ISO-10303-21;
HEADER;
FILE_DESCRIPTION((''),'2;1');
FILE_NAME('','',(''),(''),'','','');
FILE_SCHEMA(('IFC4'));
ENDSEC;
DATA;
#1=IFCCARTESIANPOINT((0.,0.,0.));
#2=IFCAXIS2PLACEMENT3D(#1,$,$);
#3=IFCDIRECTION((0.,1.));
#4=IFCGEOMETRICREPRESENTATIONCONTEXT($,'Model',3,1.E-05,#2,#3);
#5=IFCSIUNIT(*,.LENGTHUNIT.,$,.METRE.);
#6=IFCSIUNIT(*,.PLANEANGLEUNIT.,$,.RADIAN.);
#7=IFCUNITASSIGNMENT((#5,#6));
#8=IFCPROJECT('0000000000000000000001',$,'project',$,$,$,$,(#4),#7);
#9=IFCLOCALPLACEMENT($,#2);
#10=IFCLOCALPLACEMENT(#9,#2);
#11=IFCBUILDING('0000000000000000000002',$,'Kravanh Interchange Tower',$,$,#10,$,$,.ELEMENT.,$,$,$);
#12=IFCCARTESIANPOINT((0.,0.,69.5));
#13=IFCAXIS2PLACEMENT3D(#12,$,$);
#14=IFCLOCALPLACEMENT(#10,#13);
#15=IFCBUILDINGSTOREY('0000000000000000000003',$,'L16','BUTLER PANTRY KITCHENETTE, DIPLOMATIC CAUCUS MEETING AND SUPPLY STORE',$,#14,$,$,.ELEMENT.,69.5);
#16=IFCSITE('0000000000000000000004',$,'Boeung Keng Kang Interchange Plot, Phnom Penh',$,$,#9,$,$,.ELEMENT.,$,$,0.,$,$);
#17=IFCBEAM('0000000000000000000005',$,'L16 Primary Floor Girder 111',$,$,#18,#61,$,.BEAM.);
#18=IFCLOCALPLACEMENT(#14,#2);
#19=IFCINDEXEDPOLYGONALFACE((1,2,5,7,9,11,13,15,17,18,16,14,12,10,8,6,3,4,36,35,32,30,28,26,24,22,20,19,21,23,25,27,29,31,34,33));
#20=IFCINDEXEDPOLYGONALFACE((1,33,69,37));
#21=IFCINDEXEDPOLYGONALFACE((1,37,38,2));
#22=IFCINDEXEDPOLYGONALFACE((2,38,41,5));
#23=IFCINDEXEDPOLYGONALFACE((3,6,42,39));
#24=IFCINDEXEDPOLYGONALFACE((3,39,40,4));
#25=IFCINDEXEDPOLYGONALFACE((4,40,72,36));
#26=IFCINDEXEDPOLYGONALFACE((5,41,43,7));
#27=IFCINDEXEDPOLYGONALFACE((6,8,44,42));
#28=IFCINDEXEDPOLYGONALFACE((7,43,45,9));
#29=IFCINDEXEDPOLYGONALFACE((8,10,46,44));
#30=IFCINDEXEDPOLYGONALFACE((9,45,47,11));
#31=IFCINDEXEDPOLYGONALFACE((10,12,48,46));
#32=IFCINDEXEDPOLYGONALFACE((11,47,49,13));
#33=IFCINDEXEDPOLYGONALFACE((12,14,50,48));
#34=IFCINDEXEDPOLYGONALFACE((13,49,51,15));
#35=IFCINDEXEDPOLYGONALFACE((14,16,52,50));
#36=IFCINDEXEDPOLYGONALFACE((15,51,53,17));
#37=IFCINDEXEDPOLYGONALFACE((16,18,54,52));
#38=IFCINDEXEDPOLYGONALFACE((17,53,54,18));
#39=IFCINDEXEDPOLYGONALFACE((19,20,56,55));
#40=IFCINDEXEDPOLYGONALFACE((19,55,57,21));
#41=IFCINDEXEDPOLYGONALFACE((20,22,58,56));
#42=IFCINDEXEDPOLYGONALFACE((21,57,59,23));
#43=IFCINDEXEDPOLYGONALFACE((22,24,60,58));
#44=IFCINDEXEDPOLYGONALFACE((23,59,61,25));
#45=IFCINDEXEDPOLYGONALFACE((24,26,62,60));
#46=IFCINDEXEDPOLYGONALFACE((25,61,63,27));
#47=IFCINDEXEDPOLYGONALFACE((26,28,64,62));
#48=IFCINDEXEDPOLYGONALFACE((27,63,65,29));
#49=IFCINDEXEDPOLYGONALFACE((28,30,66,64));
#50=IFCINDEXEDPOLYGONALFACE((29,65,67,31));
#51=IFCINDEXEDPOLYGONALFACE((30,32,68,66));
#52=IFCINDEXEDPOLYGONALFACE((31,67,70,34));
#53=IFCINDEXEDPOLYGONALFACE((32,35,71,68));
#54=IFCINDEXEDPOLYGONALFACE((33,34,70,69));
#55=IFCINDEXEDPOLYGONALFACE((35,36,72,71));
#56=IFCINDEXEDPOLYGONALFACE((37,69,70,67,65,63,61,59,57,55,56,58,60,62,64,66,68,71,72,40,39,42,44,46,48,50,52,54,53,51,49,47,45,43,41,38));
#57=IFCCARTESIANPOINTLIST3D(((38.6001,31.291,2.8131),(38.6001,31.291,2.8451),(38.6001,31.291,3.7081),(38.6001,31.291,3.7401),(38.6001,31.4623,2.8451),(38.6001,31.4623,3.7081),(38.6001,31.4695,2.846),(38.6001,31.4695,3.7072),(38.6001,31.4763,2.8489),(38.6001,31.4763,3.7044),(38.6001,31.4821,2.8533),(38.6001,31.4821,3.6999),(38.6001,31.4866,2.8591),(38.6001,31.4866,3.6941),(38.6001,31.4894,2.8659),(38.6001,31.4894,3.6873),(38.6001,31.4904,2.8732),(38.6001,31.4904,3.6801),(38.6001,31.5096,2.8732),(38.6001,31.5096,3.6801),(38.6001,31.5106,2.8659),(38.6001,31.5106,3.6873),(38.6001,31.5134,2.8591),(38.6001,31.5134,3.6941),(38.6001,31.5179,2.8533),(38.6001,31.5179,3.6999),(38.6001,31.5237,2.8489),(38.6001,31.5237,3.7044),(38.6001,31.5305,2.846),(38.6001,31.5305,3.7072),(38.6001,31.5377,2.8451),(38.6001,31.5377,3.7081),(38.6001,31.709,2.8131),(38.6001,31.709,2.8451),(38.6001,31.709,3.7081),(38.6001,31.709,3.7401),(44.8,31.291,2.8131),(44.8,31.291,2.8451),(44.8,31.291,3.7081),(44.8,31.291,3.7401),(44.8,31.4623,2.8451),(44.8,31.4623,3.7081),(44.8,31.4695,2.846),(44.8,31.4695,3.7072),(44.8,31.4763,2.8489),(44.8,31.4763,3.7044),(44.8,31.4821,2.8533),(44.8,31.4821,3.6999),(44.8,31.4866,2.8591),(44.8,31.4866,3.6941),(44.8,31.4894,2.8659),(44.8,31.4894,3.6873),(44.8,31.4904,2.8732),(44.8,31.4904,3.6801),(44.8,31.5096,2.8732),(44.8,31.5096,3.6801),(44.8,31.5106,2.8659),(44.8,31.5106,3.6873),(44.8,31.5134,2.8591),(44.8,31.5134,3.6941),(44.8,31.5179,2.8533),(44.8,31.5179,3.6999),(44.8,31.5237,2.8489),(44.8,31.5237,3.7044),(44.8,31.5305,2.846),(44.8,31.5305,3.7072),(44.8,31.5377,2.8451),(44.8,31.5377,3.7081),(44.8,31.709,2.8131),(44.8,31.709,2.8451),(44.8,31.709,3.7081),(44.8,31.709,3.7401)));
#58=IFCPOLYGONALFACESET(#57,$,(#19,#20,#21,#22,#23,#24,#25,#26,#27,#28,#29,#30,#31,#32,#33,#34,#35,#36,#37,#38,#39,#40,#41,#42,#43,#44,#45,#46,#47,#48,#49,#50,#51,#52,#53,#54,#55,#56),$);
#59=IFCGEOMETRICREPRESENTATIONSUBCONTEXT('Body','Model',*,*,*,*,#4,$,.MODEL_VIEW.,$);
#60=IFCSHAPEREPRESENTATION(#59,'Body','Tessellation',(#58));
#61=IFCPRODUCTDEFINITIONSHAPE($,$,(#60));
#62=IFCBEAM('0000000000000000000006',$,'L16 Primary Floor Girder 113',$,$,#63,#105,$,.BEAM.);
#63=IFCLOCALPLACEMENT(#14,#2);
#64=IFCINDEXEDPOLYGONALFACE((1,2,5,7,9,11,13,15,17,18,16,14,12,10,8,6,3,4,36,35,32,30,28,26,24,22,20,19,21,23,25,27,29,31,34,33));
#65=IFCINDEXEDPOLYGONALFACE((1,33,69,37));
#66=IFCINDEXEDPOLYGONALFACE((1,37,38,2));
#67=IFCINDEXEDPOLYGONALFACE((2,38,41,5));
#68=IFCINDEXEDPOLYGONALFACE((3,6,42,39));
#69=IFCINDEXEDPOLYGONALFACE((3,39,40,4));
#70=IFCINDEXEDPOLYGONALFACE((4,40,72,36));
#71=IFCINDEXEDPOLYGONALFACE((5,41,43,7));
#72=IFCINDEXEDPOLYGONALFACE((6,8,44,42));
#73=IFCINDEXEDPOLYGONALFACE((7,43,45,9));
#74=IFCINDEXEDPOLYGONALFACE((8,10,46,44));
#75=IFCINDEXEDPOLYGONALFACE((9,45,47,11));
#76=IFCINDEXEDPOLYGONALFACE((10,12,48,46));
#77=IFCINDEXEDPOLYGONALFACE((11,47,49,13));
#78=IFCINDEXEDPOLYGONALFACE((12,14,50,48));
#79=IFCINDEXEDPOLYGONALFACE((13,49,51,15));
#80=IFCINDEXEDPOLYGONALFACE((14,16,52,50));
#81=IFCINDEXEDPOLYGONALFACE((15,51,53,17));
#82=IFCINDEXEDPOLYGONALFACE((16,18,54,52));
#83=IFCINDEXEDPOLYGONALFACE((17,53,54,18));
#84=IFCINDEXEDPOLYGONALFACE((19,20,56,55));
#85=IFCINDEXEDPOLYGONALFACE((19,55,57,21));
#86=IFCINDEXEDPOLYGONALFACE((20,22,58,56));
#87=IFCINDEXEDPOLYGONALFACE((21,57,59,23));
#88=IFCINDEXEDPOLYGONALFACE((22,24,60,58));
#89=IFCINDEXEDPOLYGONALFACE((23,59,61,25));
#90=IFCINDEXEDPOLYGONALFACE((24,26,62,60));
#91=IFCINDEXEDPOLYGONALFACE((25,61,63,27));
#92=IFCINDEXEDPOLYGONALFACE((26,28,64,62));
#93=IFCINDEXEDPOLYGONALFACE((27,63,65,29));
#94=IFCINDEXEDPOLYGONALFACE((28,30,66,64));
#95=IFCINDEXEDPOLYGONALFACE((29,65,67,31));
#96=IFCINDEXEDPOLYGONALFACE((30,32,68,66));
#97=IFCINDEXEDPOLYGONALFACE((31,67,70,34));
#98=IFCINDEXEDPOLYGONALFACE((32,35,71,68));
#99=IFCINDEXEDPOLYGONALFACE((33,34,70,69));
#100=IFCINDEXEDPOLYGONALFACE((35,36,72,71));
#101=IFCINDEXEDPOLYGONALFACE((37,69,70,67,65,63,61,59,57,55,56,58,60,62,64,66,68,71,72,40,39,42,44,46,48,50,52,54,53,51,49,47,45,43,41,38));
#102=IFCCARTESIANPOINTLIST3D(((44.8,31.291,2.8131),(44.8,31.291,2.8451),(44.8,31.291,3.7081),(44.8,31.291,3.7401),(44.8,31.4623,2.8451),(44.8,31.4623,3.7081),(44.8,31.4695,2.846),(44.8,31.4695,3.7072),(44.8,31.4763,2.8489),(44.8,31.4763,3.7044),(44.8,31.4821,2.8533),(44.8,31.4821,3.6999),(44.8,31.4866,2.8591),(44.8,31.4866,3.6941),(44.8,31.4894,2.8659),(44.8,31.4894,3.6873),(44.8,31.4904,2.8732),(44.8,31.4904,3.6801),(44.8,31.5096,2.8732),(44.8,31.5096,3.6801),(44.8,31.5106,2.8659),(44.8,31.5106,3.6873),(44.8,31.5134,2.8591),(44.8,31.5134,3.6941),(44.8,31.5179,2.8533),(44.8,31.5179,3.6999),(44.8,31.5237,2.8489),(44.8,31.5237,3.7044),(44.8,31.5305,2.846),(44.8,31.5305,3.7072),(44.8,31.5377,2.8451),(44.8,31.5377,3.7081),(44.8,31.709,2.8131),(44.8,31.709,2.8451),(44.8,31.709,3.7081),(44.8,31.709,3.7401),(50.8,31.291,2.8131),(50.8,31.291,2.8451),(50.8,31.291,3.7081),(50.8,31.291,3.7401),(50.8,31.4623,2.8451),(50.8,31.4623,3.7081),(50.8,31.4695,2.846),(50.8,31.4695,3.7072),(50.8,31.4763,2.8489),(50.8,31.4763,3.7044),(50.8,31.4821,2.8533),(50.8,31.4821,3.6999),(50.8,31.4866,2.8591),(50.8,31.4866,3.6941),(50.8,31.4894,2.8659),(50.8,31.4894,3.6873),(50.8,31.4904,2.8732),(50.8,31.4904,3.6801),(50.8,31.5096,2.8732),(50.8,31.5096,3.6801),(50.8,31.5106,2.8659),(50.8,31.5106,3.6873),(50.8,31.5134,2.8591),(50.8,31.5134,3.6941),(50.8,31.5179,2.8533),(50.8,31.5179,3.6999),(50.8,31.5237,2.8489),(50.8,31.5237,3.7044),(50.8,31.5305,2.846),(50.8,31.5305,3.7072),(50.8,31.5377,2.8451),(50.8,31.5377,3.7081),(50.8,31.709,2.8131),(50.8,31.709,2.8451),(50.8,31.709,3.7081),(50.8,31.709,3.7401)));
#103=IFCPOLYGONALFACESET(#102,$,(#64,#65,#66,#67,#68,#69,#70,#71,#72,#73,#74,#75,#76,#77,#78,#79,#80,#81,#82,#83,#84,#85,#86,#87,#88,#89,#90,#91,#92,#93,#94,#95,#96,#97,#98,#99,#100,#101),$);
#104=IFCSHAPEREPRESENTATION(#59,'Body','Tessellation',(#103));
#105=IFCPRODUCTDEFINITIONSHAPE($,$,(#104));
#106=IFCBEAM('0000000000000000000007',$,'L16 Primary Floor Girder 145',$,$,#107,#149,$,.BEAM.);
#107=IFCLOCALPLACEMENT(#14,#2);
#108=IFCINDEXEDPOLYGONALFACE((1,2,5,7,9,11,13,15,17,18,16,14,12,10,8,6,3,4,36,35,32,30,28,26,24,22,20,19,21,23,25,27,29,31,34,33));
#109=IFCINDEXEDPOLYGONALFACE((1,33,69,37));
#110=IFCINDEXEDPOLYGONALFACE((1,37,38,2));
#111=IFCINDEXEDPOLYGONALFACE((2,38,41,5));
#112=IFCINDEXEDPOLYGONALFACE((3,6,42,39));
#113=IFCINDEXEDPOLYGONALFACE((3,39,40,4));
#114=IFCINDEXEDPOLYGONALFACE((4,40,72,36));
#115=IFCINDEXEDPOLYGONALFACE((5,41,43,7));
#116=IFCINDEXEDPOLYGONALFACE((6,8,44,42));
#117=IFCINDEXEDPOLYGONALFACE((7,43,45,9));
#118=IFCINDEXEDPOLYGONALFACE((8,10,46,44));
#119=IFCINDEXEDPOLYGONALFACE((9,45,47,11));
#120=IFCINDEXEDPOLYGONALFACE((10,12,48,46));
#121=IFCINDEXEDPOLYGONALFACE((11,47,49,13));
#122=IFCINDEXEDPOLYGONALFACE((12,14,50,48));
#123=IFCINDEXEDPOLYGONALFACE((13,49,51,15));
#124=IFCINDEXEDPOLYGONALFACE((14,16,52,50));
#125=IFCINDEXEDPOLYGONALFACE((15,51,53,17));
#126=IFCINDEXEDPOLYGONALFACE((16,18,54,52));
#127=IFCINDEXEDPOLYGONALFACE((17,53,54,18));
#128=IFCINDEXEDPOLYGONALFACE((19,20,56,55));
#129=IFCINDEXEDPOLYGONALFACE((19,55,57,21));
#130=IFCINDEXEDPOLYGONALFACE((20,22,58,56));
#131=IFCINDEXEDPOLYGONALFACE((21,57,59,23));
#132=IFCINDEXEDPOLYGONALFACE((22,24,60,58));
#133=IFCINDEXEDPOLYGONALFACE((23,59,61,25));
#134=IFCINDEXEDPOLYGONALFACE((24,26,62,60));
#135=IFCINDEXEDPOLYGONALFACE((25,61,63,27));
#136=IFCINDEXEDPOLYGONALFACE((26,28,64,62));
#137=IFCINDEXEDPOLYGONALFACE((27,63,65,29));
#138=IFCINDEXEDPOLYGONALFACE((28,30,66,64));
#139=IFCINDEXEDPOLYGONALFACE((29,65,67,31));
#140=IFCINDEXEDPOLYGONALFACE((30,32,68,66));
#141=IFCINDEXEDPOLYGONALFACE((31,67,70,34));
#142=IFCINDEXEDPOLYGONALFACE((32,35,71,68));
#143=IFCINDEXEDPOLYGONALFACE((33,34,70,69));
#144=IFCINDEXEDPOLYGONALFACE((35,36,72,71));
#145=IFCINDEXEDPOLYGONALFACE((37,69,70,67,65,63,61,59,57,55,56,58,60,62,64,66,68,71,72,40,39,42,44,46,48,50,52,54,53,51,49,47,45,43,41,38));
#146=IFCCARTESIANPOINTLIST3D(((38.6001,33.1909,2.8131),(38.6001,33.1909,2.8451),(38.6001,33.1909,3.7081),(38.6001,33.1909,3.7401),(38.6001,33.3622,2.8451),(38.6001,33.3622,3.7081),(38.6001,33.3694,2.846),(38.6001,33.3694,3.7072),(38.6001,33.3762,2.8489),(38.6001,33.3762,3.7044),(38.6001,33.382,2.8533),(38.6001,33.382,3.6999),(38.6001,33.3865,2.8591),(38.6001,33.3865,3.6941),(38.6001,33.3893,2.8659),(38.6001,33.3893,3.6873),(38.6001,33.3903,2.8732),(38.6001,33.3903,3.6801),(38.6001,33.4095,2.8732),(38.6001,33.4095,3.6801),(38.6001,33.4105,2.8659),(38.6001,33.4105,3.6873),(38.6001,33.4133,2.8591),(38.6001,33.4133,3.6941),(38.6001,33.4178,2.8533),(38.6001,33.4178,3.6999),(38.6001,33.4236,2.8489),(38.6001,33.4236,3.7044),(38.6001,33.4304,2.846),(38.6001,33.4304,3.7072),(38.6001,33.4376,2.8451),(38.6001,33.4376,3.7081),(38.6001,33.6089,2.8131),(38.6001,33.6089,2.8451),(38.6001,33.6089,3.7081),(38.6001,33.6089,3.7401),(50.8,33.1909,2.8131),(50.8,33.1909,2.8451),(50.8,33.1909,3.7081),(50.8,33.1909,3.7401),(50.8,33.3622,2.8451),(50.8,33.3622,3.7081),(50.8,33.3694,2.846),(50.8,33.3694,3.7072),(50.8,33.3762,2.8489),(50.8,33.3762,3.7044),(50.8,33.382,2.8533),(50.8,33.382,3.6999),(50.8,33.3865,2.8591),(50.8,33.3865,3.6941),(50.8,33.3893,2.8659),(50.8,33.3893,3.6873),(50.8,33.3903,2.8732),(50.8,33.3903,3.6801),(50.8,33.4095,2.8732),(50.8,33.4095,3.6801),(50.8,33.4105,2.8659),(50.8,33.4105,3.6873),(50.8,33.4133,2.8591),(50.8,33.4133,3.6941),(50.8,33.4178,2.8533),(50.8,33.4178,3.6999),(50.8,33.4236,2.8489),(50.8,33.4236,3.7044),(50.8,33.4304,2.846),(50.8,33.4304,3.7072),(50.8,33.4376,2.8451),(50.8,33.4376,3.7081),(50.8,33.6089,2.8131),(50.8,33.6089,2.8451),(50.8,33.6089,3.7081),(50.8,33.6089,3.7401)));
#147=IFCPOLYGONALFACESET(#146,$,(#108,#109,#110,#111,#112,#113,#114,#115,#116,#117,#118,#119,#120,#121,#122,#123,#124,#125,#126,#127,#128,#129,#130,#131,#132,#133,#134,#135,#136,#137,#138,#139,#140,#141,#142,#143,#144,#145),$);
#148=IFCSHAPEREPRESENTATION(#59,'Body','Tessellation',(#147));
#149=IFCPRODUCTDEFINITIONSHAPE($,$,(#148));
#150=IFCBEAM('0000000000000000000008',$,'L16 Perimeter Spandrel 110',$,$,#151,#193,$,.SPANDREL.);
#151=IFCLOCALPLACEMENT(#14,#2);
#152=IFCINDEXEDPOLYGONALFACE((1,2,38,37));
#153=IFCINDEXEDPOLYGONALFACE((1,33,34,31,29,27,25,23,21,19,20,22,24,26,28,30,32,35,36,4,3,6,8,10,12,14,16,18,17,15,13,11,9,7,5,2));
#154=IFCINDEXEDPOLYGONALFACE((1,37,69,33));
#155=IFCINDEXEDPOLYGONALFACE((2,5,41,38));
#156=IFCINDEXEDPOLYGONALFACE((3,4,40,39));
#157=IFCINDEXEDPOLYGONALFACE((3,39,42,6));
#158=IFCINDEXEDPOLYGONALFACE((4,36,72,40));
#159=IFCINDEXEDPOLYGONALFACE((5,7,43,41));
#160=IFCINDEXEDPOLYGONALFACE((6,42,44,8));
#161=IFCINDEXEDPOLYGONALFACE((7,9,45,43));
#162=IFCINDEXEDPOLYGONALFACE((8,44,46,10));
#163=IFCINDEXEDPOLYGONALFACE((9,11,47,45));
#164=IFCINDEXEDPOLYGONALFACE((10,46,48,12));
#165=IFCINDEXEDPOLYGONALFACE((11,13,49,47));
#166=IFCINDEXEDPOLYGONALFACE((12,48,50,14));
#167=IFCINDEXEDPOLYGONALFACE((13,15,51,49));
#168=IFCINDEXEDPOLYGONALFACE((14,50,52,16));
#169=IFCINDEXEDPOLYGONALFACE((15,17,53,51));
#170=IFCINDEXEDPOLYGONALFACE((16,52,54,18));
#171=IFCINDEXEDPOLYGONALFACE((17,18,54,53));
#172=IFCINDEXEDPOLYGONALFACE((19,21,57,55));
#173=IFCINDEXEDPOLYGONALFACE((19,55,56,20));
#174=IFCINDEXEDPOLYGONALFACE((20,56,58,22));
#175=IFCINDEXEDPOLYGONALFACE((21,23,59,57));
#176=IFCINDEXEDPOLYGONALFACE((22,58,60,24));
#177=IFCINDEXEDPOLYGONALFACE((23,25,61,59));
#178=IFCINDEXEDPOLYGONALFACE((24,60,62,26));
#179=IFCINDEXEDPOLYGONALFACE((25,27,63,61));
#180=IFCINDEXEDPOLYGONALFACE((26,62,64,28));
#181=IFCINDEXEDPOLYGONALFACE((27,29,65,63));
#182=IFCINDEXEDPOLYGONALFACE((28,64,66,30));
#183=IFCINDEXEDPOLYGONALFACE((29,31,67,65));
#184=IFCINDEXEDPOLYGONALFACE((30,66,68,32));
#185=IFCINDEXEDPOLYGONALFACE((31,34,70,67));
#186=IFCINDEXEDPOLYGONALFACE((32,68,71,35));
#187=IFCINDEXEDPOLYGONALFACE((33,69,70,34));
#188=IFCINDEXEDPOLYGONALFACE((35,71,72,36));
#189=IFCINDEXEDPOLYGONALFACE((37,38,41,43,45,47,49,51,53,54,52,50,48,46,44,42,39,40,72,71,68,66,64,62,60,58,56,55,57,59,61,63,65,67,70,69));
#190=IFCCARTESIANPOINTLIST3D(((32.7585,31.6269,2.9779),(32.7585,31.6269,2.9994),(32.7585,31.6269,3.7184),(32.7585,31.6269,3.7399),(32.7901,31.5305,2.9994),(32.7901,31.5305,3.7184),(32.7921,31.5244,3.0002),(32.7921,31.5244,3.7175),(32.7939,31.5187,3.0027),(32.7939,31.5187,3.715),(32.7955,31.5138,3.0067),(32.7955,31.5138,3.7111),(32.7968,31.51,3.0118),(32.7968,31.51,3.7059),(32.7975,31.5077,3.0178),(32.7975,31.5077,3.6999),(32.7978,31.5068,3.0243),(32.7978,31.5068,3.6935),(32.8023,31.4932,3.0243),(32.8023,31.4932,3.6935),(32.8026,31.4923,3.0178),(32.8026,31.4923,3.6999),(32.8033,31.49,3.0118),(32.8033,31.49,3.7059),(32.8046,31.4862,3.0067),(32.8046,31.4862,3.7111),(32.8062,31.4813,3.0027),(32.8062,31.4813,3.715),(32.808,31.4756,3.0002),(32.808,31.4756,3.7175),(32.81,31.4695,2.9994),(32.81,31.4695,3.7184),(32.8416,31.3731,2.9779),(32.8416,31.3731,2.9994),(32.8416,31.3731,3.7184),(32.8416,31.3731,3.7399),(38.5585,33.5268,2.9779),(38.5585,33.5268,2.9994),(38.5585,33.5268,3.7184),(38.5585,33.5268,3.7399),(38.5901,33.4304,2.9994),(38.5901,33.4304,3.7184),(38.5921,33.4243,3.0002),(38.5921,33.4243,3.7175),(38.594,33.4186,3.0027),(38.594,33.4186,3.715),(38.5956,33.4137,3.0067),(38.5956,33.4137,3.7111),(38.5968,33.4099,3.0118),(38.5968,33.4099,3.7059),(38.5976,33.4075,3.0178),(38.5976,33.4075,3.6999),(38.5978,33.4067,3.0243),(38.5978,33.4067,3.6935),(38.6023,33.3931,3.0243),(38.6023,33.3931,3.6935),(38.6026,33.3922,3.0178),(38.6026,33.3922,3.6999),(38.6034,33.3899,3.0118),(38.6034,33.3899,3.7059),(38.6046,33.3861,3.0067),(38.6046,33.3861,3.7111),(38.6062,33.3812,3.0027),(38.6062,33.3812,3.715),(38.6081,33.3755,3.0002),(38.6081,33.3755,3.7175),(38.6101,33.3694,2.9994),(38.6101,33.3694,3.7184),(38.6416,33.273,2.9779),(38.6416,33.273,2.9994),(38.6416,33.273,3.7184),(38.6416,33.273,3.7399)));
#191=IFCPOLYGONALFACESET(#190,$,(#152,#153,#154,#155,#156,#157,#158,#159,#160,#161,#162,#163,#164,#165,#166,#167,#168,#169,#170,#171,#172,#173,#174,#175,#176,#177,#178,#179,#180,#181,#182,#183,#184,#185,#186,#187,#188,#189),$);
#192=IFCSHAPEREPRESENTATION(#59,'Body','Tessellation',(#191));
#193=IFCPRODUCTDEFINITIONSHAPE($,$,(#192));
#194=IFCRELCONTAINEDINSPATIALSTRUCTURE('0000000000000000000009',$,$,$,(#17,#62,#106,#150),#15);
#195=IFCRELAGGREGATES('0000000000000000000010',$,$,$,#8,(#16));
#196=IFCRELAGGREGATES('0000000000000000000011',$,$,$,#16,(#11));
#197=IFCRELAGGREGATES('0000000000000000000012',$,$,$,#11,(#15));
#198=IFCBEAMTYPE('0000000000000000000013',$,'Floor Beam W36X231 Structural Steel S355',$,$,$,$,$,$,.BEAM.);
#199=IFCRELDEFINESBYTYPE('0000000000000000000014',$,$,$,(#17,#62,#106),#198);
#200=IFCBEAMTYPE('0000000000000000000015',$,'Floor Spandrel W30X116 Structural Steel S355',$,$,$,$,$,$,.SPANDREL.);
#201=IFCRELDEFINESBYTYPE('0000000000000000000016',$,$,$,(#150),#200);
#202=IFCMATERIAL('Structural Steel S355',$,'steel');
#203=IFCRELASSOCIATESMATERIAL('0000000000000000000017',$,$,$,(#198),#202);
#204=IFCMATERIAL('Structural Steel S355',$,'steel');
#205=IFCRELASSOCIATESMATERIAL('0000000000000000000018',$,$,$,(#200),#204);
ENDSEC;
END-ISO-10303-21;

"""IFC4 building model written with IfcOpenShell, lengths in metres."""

from ifc_helpers import new_model, si_unit, direction, frame, origin, origin_2d, place, context, subcontext, project, spatial, i_section, extrude, material, material_profile, profile_set, type_object, element, save


model = new_model("IFC4")

# Units and contexts
model_context = context("Model", 3, precision=1e-05, world=origin(), true_north=direction((0.0, 1.0)))
body_context = subcontext(model_context, "Body", "Model", "MODEL_VIEW")
ifc_project = project(units=[si_unit("LENGTHUNIT", "METRE"), si_unit("PLANEANGLEUNIT", "RADIAN")], contexts=[model_context])

# Site, building, storey
site_placement = place(None, origin())
site = spatial("IfcSite", under=ifc_project, at=site_placement, Name="Boeung Keng Kang Interchange Plot, Phnom Penh", CompositionType="ELEMENT", RefElevation=0.0)
building_placement = place(site_placement, origin())
building = spatial("IfcBuilding", under=site, at=building_placement, Name="Kravanh Interchange Tower", CompositionType="ELEMENT")
storey_placement = place(building_placement, frame((0.0, 0.0, 69.5)))
storey = spatial("IfcBuildingStorey", under=building, at=storey_placement, Name="L16", Description="BUTLER PANTRY KITCHENETTE, DIPLOMATIC CAUCUS MEETING AND SUPPLY STORE", CompositionType="ELEMENT", Elevation=69.5)

# Beams
ifc_material_1 = material(Name="Structural Steel S355", Category="steel")
ifc_material_profile_1 = material_profile(ifc_material_1, i_section(OverallWidth=0.418, OverallDepth=0.927, WebThickness=0.0193, FlangeThickness=0.032, FilletRadius=0.0281, at=origin_2d()), Name="W36X231")
ifc_profile_set_1 = profile_set([ifc_material_profile_1], Name="Structural Steel S355")
beam_type_1 = type_object("IfcBeamType", Name="Floor Beam W36X231 Structural Steel S355", PredefinedType="BEAM", material=ifc_profile_set_1)
beam_1_placement = place(storey_placement, frame((38.6001, 31.5, 3.2766), z_axis=(1.0, 0.0, 0.0), x_axis=(0.0, 1.0, 0.0)))
element("IfcBeam", 1, at=beam_1_placement, inside=storey, type_object=beam_type_1, Name="L16 Primary Floor Girder 111", PredefinedType="BEAM", context=body_context, shape_type="SweptSolid", body=[
    extrude(i_section(OverallWidth=0.418, OverallDepth=0.927, WebThickness=0.0193, FlangeThickness=0.032, FilletRadius=0.0281, at=origin_2d()), origin(), (0.0, 0.0, 1.0), 6.2),
])
beam_2_placement = place(storey_placement, frame((44.8, 31.5, 3.2766), z_axis=(1.0, 0.0, 0.0), x_axis=(0.0, 1.0, 0.0)))
element("IfcBeam", 2, at=beam_2_placement, inside=storey, type_object=beam_type_1, Name="L16 Primary Floor Girder 113", PredefinedType="BEAM", context=body_context, shape_type="SweptSolid", body=[
    extrude(i_section(OverallWidth=0.418, OverallDepth=0.927, WebThickness=0.0193, FlangeThickness=0.032, FilletRadius=0.0281, at=origin_2d()), origin(), (0.0, 0.0, 1.0), 6.0),
])
beam_3_placement = place(storey_placement, frame((38.6001, 33.3999, 3.2766), z_axis=(1.0, 0.0, 0.0), x_axis=(0.0, 1.0, 0.0)))
element("IfcBeam", 3, at=beam_3_placement, inside=storey, type_object=beam_type_1, Name="L16 Primary Floor Girder 145", PredefinedType="BEAM", context=body_context, shape_type="SweptSolid", body=[
    extrude(i_section(OverallWidth=0.418, OverallDepth=0.927, WebThickness=0.0193, FlangeThickness=0.032, FilletRadius=0.0281, at=origin_2d()), origin(), (0.0, 0.0, 1.0), 12.2),
])
ifc_material_2 = material(Name="Structural Steel S355", Category="steel")
ifc_material_profile_2 = material_profile(ifc_material_2, i_section(OverallWidth=0.2671, OverallDepth=0.762, WebThickness=0.0144, FlangeThickness=0.0215, FilletRadius=0.0249, at=origin_2d()), Name="W30X116")
ifc_profile_set_2 = profile_set([ifc_material_profile_2], Name="Structural Steel S355")
beam_type_2 = type_object("IfcBeamType", Name="Floor Spandrel W30X116 Structural Steel S355", PredefinedType="SPANDREL", material=ifc_profile_set_2)
beam_4_placement = place(storey_placement, frame((32.8, 31.5, 3.3589), z_axis=(0.950315, 0.311291, 0.0), x_axis=(-0.311291, 0.950315, 0.0)))
element("IfcBeam", 4, at=beam_4_placement, inside=storey, type_object=beam_type_2, Name="L16 Perimeter Spandrel 110", PredefinedType="SPANDREL", context=body_context, shape_type="SweptSolid", body=[
    extrude(i_section(OverallWidth=0.2671, OverallDepth=0.762, WebThickness=0.0144, FlangeThickness=0.0215, FilletRadius=0.0249, at=origin_2d()), origin(), (0.0, 0.0, 1.0), 6.1033),
])

save(model, "model.ifc")
